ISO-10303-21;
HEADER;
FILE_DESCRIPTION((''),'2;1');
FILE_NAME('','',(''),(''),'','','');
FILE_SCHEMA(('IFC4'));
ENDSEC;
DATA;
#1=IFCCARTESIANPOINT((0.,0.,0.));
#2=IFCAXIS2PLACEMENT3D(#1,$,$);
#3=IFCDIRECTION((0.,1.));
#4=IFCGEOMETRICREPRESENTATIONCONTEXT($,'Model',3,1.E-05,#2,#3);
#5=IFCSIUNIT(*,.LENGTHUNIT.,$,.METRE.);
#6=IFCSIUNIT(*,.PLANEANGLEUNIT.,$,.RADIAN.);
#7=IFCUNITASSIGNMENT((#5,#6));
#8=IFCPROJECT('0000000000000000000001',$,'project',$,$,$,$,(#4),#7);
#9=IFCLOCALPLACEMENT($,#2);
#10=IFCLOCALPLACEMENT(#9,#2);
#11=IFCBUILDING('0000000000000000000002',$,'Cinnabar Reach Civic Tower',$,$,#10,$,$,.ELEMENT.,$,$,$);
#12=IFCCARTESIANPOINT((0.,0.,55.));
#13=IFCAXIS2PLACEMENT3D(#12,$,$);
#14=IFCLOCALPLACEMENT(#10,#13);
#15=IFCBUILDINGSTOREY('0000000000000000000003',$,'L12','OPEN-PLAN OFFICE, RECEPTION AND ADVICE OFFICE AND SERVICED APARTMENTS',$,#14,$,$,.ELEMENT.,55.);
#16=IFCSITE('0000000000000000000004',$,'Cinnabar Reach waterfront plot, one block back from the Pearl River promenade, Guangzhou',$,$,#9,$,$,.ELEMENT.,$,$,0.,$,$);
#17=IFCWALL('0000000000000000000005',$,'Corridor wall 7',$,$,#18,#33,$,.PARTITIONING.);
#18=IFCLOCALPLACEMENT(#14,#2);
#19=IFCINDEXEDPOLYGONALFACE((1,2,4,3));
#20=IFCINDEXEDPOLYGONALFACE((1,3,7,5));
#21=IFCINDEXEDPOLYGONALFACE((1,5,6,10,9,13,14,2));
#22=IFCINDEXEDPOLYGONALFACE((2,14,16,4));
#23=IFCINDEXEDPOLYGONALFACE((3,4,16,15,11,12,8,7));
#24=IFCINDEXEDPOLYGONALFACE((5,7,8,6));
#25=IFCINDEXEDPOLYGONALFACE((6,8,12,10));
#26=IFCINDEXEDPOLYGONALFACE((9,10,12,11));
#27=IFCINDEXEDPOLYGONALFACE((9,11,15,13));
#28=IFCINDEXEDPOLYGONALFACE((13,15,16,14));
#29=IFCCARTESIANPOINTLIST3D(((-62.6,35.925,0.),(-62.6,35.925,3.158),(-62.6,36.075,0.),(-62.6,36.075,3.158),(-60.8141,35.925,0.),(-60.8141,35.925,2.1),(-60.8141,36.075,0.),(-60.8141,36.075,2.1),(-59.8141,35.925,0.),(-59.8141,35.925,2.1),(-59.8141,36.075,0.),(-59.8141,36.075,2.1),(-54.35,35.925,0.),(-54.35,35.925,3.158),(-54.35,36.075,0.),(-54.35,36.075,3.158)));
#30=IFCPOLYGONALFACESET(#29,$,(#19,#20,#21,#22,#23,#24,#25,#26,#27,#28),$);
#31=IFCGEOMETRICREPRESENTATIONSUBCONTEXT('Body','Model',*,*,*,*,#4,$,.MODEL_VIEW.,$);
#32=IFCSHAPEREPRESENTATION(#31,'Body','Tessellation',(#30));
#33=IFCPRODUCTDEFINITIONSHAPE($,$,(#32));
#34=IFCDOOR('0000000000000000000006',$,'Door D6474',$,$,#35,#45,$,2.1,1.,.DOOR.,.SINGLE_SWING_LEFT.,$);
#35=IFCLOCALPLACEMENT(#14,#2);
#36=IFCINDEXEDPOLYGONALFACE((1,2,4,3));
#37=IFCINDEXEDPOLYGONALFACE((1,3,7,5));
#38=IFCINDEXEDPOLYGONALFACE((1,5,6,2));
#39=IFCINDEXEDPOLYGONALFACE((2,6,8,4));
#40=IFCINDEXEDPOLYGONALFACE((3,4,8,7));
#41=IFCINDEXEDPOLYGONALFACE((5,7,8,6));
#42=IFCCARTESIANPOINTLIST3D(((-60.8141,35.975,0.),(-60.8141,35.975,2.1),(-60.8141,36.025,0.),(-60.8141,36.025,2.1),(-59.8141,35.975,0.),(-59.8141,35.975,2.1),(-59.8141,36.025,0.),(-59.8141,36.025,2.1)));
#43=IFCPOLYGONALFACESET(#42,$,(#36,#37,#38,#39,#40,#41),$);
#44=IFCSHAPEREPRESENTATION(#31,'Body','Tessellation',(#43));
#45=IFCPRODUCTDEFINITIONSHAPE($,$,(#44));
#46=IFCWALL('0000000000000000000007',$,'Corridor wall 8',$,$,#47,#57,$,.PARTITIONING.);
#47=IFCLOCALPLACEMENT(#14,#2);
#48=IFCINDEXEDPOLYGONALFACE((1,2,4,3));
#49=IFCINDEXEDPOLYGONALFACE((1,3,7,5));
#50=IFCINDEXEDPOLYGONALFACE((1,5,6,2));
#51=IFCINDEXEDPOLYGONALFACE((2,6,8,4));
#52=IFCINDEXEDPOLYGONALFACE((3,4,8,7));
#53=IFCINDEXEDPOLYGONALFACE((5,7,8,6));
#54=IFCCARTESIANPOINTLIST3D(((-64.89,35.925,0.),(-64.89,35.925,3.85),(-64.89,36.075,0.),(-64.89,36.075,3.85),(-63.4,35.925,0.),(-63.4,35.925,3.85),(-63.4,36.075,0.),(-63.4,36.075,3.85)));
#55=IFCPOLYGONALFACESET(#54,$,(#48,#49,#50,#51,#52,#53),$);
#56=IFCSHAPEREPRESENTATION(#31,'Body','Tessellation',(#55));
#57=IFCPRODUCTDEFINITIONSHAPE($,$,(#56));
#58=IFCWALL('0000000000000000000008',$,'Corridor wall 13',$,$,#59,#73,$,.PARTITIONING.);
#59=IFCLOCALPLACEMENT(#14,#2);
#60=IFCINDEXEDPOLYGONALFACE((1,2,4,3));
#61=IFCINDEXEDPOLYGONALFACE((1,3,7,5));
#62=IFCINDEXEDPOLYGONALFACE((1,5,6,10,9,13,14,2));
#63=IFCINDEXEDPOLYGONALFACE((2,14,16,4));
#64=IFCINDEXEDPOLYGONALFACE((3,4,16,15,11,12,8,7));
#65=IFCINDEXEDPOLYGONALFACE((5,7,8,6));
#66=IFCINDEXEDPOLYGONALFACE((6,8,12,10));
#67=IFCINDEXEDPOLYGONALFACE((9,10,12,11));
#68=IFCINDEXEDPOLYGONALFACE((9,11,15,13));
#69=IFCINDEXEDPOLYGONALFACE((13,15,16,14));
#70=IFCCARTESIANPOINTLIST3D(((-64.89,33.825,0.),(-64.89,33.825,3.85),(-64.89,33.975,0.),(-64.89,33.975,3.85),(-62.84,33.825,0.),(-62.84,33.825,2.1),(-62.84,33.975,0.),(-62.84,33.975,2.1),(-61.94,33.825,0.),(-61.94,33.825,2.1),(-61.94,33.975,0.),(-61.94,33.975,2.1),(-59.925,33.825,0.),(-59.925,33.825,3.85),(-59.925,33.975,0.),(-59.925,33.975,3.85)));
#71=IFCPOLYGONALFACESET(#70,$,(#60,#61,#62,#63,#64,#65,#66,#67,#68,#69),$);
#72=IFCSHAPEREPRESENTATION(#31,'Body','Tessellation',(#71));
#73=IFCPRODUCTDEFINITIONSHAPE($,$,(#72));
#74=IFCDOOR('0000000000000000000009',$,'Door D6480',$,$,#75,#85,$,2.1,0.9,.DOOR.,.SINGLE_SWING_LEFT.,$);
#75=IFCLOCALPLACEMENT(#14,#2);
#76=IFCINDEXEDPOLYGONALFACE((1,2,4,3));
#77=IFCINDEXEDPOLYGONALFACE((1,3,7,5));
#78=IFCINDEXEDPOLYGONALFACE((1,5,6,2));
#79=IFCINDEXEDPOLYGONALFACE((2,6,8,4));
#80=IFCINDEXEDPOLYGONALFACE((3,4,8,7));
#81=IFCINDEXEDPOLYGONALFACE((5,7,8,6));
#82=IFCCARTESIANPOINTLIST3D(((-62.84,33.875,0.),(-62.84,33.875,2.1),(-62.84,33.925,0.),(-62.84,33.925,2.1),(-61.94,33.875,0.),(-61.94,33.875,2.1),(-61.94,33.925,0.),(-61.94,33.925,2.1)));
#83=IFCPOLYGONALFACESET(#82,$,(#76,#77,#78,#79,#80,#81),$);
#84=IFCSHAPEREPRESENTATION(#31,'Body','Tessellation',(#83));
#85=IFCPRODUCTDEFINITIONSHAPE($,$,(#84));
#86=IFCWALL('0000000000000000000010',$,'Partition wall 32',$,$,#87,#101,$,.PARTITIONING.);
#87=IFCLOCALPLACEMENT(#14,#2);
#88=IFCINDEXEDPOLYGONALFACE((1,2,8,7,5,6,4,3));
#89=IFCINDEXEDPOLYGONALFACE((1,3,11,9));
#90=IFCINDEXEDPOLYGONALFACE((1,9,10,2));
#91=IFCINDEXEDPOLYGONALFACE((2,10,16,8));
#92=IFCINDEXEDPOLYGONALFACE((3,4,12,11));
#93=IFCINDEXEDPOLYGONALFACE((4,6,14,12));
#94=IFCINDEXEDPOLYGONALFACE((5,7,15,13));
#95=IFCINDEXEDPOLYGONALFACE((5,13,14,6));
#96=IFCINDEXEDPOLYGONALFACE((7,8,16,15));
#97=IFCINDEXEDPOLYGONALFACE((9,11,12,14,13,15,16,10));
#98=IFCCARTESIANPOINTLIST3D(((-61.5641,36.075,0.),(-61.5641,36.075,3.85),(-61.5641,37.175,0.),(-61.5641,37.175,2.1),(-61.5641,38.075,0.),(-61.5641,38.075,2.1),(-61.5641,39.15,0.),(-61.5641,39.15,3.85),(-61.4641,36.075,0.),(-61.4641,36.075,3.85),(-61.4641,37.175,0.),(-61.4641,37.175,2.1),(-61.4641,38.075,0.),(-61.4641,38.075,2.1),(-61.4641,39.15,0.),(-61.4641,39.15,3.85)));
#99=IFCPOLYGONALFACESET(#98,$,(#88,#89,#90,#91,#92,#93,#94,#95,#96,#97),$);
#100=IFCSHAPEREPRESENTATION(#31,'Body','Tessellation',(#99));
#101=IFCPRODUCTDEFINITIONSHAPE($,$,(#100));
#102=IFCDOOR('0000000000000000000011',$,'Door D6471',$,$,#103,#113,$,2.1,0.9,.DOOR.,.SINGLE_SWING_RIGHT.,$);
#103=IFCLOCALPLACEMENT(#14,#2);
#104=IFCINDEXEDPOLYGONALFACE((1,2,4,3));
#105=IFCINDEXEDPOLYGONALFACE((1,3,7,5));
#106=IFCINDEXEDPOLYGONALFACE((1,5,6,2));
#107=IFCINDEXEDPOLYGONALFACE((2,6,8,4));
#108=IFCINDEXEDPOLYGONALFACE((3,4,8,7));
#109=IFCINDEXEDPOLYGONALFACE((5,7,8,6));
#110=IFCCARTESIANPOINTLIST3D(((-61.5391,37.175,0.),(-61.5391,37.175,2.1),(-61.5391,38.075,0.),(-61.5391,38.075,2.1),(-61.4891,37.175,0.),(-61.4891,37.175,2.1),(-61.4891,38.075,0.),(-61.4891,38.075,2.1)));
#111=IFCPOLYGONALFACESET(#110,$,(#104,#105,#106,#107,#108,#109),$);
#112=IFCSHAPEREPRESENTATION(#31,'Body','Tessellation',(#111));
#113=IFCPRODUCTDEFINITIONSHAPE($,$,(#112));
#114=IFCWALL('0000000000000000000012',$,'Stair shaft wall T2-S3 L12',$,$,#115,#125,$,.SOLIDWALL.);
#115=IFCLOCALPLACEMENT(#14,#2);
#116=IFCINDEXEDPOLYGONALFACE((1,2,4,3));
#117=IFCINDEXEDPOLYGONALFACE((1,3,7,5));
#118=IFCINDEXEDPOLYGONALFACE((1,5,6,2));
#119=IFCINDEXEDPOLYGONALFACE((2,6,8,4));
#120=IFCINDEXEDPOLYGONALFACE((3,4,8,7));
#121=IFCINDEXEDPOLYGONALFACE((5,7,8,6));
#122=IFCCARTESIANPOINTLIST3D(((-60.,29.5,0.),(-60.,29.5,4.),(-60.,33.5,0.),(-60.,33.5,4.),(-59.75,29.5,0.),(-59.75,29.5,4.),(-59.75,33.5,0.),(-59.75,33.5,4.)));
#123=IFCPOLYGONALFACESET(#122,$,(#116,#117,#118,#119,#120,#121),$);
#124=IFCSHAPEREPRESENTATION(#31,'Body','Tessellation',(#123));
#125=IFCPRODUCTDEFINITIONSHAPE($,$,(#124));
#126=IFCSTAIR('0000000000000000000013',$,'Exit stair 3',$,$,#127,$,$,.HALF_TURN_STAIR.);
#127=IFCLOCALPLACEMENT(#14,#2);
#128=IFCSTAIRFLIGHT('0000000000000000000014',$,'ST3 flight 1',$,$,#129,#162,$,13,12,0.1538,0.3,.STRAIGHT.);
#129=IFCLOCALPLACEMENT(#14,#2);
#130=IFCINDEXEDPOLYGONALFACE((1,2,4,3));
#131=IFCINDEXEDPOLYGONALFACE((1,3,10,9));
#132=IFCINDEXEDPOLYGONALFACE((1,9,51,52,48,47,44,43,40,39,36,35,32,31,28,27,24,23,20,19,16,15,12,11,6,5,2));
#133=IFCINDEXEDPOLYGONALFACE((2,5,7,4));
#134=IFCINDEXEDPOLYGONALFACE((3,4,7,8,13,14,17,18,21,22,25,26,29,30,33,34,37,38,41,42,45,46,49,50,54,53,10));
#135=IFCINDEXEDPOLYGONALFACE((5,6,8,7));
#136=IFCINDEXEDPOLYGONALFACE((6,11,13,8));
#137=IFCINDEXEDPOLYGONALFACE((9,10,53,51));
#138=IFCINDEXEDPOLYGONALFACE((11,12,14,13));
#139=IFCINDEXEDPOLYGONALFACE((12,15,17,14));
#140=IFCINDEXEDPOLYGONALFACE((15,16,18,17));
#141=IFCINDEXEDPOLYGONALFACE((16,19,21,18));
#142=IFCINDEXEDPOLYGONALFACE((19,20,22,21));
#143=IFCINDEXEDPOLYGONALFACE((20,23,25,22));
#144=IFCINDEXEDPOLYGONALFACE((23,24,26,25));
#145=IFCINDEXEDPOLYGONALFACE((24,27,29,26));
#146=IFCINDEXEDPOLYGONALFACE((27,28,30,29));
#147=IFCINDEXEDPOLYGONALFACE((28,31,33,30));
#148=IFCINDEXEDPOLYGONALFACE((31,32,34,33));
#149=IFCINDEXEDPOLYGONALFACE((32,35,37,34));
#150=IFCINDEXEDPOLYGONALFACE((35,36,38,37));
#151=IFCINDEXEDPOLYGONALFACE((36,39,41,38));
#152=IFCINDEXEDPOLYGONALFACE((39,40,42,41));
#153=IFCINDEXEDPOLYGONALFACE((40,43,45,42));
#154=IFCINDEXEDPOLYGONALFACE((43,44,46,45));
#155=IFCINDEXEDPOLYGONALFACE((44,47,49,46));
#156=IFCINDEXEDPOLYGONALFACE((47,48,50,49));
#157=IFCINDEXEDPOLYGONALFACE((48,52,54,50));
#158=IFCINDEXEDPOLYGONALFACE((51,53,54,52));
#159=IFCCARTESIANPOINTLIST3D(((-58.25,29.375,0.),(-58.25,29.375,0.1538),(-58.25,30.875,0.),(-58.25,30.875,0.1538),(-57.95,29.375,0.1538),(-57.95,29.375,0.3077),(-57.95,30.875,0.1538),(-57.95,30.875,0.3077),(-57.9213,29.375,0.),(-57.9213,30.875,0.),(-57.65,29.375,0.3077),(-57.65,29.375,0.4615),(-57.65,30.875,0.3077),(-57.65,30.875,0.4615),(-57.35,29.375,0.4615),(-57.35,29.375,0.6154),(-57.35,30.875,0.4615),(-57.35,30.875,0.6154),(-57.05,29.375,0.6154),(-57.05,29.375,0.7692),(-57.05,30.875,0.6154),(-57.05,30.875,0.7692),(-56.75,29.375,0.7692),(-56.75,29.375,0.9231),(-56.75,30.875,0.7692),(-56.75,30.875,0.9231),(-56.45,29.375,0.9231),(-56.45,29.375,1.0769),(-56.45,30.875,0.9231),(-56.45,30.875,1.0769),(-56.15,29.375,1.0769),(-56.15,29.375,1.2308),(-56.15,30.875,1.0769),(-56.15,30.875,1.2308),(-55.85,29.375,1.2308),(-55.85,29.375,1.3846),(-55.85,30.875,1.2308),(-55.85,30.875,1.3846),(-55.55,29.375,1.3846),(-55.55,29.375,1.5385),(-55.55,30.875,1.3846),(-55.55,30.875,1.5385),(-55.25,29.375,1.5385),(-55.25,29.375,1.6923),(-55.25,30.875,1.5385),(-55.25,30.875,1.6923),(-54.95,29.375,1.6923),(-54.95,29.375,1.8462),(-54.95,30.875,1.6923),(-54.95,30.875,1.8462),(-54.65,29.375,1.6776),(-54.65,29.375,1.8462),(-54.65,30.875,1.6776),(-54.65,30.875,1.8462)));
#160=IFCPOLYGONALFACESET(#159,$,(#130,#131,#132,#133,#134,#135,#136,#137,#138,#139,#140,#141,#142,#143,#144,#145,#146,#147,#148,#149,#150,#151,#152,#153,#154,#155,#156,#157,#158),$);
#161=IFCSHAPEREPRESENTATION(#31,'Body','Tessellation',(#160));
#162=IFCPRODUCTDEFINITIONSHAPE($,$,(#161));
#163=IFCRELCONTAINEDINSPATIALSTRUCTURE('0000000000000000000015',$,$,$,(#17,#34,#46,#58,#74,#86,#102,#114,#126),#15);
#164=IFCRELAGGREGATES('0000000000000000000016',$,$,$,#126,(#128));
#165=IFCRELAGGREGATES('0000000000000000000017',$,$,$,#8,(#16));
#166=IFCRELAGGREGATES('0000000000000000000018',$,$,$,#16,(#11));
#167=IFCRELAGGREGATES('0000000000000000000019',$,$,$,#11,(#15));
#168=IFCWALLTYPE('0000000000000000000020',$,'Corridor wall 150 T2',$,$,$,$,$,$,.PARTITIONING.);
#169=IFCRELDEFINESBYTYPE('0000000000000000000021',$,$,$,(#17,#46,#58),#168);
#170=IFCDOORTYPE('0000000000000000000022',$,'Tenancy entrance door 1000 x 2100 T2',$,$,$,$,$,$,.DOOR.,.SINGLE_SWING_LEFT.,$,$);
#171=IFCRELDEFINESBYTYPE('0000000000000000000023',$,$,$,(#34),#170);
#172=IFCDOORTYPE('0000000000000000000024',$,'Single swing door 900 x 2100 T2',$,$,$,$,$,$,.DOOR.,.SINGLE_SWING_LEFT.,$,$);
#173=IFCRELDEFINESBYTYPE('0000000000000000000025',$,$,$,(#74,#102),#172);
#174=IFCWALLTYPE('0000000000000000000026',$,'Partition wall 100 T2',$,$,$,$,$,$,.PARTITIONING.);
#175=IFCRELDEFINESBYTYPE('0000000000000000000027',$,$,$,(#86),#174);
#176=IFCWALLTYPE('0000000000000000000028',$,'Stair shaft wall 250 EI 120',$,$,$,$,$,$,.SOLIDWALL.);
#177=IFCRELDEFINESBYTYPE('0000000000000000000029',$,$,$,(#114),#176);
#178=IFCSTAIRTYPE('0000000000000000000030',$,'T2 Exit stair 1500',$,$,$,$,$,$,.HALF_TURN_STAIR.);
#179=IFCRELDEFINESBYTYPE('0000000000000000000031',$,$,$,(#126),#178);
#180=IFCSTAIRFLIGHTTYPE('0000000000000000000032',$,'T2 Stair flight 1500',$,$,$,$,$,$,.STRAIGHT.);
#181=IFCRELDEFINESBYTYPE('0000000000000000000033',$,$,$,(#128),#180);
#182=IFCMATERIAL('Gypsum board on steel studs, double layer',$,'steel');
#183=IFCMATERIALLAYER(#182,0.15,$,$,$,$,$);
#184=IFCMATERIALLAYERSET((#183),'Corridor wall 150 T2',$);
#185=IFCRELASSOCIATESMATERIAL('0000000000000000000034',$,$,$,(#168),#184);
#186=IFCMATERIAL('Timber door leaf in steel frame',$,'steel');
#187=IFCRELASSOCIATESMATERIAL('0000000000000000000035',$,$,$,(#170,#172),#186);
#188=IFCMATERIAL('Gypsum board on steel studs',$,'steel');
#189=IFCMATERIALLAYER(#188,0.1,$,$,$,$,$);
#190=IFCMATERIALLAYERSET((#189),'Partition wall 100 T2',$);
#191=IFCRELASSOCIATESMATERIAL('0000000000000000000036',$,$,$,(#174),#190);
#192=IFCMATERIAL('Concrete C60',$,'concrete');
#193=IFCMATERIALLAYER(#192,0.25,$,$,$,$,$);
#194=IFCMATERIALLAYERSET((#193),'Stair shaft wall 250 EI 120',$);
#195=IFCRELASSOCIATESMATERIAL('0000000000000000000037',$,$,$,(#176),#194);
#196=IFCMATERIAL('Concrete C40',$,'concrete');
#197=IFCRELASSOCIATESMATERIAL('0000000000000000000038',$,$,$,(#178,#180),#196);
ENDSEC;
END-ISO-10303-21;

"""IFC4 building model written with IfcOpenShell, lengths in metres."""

from ifc_helpers import new_model, si_unit, direction, frame, frame_2d, origin, place, context, subcontext, project, spatial, polyline, rectangle, outline, extrude, material, layer, layer_set, type_object, element, fill, aggregate, save


model = new_model("IFC4")

# Units and contexts
model_context = context("Model", 3, precision=1e-05, world=origin(), true_north=direction((0.0, 1.0)))
body_context = subcontext(model_context, "Body", "Model", "MODEL_VIEW")
ifc_project = project(units=[si_unit("LENGTHUNIT", "METRE"), si_unit("PLANEANGLEUNIT", "RADIAN")], contexts=[model_context])

# Site, building, storey
site_placement = place(None, origin())
site = spatial("IfcSite", under=ifc_project, at=site_placement, Name="Cinnabar Reach waterfront plot, one block back from the Pearl River promenade, Guangzhou", CompositionType="ELEMENT", RefElevation=0.0)
building_placement = place(site_placement, origin())
building = spatial("IfcBuilding", under=site, at=building_placement, Name="Cinnabar Reach Civic Tower", CompositionType="ELEMENT")
storey_placement = place(building_placement, frame((0.0, 0.0, 55.0)))
storey = spatial("IfcBuildingStorey", under=building, at=storey_placement, Name="L12", Description="OPEN-PLAN OFFICE, RECEPTION AND ADVICE OFFICE AND SERVICED APARTMENTS", CompositionType="ELEMENT", Elevation=55.0)

# Shared definitions
ifc_material_1 = material(Name="Concrete C60", Category="concrete")

# Wall, opening, door
ifc_material_2 = material(Name="Gypsum board on steel studs, double layer", Category="steel")
ifc_layer_1 = layer(ifc_material_2, 0.15)
ifc_layer_set_1 = layer_set([ifc_layer_1], Name="Corridor wall 150 T2")
wall_type_1 = type_object("IfcWallType", Name="Corridor wall 150 T2", PredefinedType="PARTITIONING", material=ifc_layer_set_1)
wall_1_placement = place(storey_placement, frame((-62.6, 36.0, 0.0), z_axis=(0.0, 0.0, 1.0), x_axis=(1.0, 0.0, 0.0)))
wall_1 = element("IfcWall", 1, at=wall_1_placement, inside=storey, type_object=wall_type_1, Name="Corridor wall 7", PredefinedType="PARTITIONING", context=body_context, shape_type="SweptSolid", body=[
    extrude(rectangle(XDim=8.25, YDim=0.15, at=frame_2d((4.125, 0.0))), origin(), (0.0, 0.0, 1.0), 3.158),
])
opening_1_placement = place(wall_1_placement, frame((1.7859, 0.0, 0.0)))
opening_1 = element("IfcOpeningElement", 2, at=opening_1_placement, cuts=wall_1, PredefinedType="OPENING", context=body_context, shape_type="SweptSolid", body=[
    extrude(rectangle(XDim=1.0, YDim=2.1, at=frame_2d((0.5, 1.05))), frame((0.0, 0.085, 0.0), z_axis=(0.0, -1.0, 0.0), x_axis=(1.0, 0.0, 0.0)), (0.0, 0.0, 1.0), 0.17),
])
ifc_material_3 = material(Name="Timber door leaf in steel frame", Category="steel")
door_type_1 = type_object("IfcDoorType", Name="Tenancy entrance door 1000 x 2100 T2", OperationType="SINGLE_SWING_LEFT", PredefinedType="DOOR", material=ifc_material_3)
door_1_placement = place(opening_1_placement, origin())
door_1 = element("IfcDoor", 3, at=door_1_placement, inside=storey, type_object=door_type_1, Name="Door D6474", OperationType="SINGLE_SWING_LEFT", OverallHeight=2.1, OverallWidth=1.0, PredefinedType="DOOR", context=body_context, shape_type="SweptSolid", body=[
    extrude(rectangle(XDim=1.0, YDim=2.1, at=frame_2d((0.5, 1.05))), frame((0.0, 0.025, 0.0), z_axis=(0.0, -1.0, 0.0), x_axis=(1.0, 0.0, 0.0)), (0.0, 0.0, 1.0), 0.05),
])
fill(opening_1, door_1)

# Wall
wall_2_placement = place(storey_placement, frame((-64.89, 36.0, 0.0), z_axis=(0.0, 0.0, 1.0), x_axis=(1.0, 0.0, 0.0)))
element("IfcWall", 4, at=wall_2_placement, inside=storey, type_object=wall_type_1, Name="Corridor wall 8", PredefinedType="PARTITIONING", context=body_context, shape_type="SweptSolid", body=[
    extrude(rectangle(XDim=1.49, YDim=0.15, at=frame_2d((0.745, 0.0))), origin(), (0.0, 0.0, 1.0), 3.85),
])

# Walls, openings, doors
wall_3_placement = place(storey_placement, frame((-64.89, 33.9, 0.0), z_axis=(0.0, 0.0, 1.0), x_axis=(1.0, 0.0, 0.0)))
wall_3 = element("IfcWall", 5, at=wall_3_placement, inside=storey, type_object=wall_type_1, Name="Corridor wall 13", PredefinedType="PARTITIONING", context=body_context, shape_type="SweptSolid", body=[
    extrude(rectangle(XDim=4.965, YDim=0.15, at=frame_2d((2.4825, 0.0))), origin(), (0.0, 0.0, 1.0), 3.85),
])
opening_2_placement = place(wall_3_placement, frame((2.05, 0.0, 0.0)))
opening_2 = element("IfcOpeningElement", 6, at=opening_2_placement, cuts=wall_3, PredefinedType="OPENING", context=body_context, shape_type="SweptSolid", body=[
    extrude(rectangle(XDim=0.9, YDim=2.1, at=frame_2d((0.45, 1.05))), frame((0.0, 0.085, 0.0), z_axis=(0.0, -1.0, 0.0), x_axis=(1.0, 0.0, 0.0)), (0.0, 0.0, 1.0), 0.17),
])
door_type_2 = type_object("IfcDoorType", Name="Single swing door 900 x 2100 T2", OperationType="SINGLE_SWING_LEFT", PredefinedType="DOOR", material=ifc_material_3)
door_2_placement = place(opening_2_placement, frame((0.9, 0.0, 0.0), z_axis=(0.0, 0.0, 1.0), x_axis=(-1.0, 0.0, 0.0)))
door_2 = element("IfcDoor", 7, at=door_2_placement, inside=storey, type_object=door_type_2, Name="Door D6480", OperationType="SINGLE_SWING_LEFT", OverallHeight=2.1, OverallWidth=0.9, PredefinedType="DOOR", context=body_context, shape_type="SweptSolid", body=[
    extrude(rectangle(XDim=0.9, YDim=2.1, at=frame_2d((0.45, 1.05))), frame((0.0, 0.025, 0.0), z_axis=(0.0, -1.0, 0.0), x_axis=(1.0, 0.0, 0.0)), (0.0, 0.0, 1.0), 0.05),
])
fill(opening_2, door_2)
ifc_material_4 = material(Name="Gypsum board on steel studs", Category="steel")
ifc_layer_2 = layer(ifc_material_4, 0.1)
ifc_layer_set_2 = layer_set([ifc_layer_2], Name="Partition wall 100 T2")
wall_type_2 = type_object("IfcWallType", Name="Partition wall 100 T2", PredefinedType="PARTITIONING", material=ifc_layer_set_2)
wall_4_placement = place(storey_placement, frame((-61.5141, 36.075, 0.0), z_axis=(0.0, 0.0, 1.0), x_axis=(0.0, 1.0, 0.0)))
wall_4 = element("IfcWall", 8, at=wall_4_placement, inside=storey, type_object=wall_type_2, Name="Partition wall 32", PredefinedType="PARTITIONING", context=body_context, shape_type="SweptSolid", body=[
    extrude(rectangle(XDim=3.075, YDim=0.1, at=frame_2d((1.5375, 0.0))), origin(), (0.0, 0.0, 1.0), 3.85),
])
opening_3_placement = place(wall_4_placement, frame((1.1, 0.0, 0.0)))
opening_3 = element("IfcOpeningElement", 9, at=opening_3_placement, cuts=wall_4, PredefinedType="OPENING", context=body_context, shape_type="SweptSolid", body=[
    extrude(rectangle(XDim=0.9, YDim=2.1, at=frame_2d((0.45, 1.05))), frame((0.0, 0.06, 0.0), z_axis=(0.0, -1.0, 0.0), x_axis=(1.0, 0.0, 0.0)), (0.0, 0.0, 1.0), 0.12),
])
door_3_placement = place(opening_3_placement, origin())
door_3 = element("IfcDoor", 10, at=door_3_placement, inside=storey, type_object=door_type_2, Name="Door D6471", OperationType="SINGLE_SWING_RIGHT", OverallHeight=2.1, OverallWidth=0.9, PredefinedType="DOOR", context=body_context, shape_type="SweptSolid", body=[
    extrude(rectangle(XDim=0.9, YDim=2.1, at=frame_2d((0.45, 1.05))), frame((0.0, 0.025, 0.0), z_axis=(0.0, -1.0, 0.0), x_axis=(1.0, 0.0, 0.0)), (0.0, 0.0, 1.0), 0.05),
])
fill(opening_3, door_3)

# Wall
ifc_layer_3 = layer(ifc_material_1, 0.25)
ifc_layer_set_3 = layer_set([ifc_layer_3], Name="Stair shaft wall 250 EI 120")
wall_type_3 = type_object("IfcWallType", Name="Stair shaft wall 250 EI 120", PredefinedType="SOLIDWALL", material=ifc_layer_set_3)
wall_5_placement = place(storey_placement, frame((-59.875, 33.5, 0.0), z_axis=(0.0, 0.0, 1.0), x_axis=(0.0, -1.0, 0.0)))
element("IfcWall", 11, at=wall_5_placement, inside=storey, type_object=wall_type_3, Name="Stair shaft wall T2-S3 L12", PredefinedType="SOLIDWALL", context=body_context, shape_type="SweptSolid", body=[
    extrude(rectangle(XDim=4.0, YDim=0.25, at=frame_2d((2.0, 0.0))), origin(), (0.0, 0.0, 1.0), 4.0),
])

# Stair, stair flight
ifc_material_5 = material(Name="Concrete C40", Category="concrete")
stair_type = type_object("IfcStairType", Name="T2 Exit stair 1500", PredefinedType="HALF_TURN_STAIR", material=ifc_material_5)
stair_placement = place(storey_placement, origin())
stair = element("IfcStair", 12, at=stair_placement, inside=storey, type_object=stair_type, Name="Exit stair 3", PredefinedType="HALF_TURN_STAIR")
stair_flight_type = type_object("IfcStairFlightType", Name="T2 Stair flight 1500", PredefinedType="STRAIGHT", material=ifc_material_5)
stair_flight_1_placement = place(storey_placement, frame((-58.25, 30.125, 0.0), z_axis=(0.0, 0.0, 1.0), x_axis=(1.0, 0.0, 0.0)))
stair_flight_1 = element("IfcStairFlight", 13, at=stair_flight_1_placement, type_object=stair_flight_type, Name="ST3 flight 1", NumberOfRisers=13, NumberOfTreads=12, PredefinedType="STRAIGHT", RiserHeight=0.1538, TreadLength=0.3, context=body_context, shape_type="SweptSolid", body=[
    extrude(outline(polyline([(0.0, 0.0), (0.0, 0.1538), (0.3, 0.1538), (0.3, 0.3077), (0.6, 0.3077), (0.6, 0.4615), (0.9, 0.4615), (0.9, 0.6154), (1.2, 0.6154), (1.2, 0.7692), (1.5, 0.7692), (1.5, 0.9231), (1.8, 0.9231), (1.8, 1.0769), (2.1, 1.0769), (2.1, 1.2308), (2.4, 1.2308), (2.4, 1.3846), (2.7, 1.3846), (2.7, 1.5385), (3.0, 1.5385), (3.0, 1.6923), (3.3, 1.6923), (3.3, 1.8462), (3.6, 1.8462), (3.6, 2.0), (3.6, 1.6776), (0.3287, 0.0), (0.0, 0.0)])), frame((0.0, 0.75, 0.0), z_axis=(0.0, -1.0, 0.0), x_axis=(1.0, 0.0, 0.0)), (0.0, 0.0, 1.0), 1.5),
])
aggregate(stair, [stair_flight_1])

save(model, "model.ifc")
